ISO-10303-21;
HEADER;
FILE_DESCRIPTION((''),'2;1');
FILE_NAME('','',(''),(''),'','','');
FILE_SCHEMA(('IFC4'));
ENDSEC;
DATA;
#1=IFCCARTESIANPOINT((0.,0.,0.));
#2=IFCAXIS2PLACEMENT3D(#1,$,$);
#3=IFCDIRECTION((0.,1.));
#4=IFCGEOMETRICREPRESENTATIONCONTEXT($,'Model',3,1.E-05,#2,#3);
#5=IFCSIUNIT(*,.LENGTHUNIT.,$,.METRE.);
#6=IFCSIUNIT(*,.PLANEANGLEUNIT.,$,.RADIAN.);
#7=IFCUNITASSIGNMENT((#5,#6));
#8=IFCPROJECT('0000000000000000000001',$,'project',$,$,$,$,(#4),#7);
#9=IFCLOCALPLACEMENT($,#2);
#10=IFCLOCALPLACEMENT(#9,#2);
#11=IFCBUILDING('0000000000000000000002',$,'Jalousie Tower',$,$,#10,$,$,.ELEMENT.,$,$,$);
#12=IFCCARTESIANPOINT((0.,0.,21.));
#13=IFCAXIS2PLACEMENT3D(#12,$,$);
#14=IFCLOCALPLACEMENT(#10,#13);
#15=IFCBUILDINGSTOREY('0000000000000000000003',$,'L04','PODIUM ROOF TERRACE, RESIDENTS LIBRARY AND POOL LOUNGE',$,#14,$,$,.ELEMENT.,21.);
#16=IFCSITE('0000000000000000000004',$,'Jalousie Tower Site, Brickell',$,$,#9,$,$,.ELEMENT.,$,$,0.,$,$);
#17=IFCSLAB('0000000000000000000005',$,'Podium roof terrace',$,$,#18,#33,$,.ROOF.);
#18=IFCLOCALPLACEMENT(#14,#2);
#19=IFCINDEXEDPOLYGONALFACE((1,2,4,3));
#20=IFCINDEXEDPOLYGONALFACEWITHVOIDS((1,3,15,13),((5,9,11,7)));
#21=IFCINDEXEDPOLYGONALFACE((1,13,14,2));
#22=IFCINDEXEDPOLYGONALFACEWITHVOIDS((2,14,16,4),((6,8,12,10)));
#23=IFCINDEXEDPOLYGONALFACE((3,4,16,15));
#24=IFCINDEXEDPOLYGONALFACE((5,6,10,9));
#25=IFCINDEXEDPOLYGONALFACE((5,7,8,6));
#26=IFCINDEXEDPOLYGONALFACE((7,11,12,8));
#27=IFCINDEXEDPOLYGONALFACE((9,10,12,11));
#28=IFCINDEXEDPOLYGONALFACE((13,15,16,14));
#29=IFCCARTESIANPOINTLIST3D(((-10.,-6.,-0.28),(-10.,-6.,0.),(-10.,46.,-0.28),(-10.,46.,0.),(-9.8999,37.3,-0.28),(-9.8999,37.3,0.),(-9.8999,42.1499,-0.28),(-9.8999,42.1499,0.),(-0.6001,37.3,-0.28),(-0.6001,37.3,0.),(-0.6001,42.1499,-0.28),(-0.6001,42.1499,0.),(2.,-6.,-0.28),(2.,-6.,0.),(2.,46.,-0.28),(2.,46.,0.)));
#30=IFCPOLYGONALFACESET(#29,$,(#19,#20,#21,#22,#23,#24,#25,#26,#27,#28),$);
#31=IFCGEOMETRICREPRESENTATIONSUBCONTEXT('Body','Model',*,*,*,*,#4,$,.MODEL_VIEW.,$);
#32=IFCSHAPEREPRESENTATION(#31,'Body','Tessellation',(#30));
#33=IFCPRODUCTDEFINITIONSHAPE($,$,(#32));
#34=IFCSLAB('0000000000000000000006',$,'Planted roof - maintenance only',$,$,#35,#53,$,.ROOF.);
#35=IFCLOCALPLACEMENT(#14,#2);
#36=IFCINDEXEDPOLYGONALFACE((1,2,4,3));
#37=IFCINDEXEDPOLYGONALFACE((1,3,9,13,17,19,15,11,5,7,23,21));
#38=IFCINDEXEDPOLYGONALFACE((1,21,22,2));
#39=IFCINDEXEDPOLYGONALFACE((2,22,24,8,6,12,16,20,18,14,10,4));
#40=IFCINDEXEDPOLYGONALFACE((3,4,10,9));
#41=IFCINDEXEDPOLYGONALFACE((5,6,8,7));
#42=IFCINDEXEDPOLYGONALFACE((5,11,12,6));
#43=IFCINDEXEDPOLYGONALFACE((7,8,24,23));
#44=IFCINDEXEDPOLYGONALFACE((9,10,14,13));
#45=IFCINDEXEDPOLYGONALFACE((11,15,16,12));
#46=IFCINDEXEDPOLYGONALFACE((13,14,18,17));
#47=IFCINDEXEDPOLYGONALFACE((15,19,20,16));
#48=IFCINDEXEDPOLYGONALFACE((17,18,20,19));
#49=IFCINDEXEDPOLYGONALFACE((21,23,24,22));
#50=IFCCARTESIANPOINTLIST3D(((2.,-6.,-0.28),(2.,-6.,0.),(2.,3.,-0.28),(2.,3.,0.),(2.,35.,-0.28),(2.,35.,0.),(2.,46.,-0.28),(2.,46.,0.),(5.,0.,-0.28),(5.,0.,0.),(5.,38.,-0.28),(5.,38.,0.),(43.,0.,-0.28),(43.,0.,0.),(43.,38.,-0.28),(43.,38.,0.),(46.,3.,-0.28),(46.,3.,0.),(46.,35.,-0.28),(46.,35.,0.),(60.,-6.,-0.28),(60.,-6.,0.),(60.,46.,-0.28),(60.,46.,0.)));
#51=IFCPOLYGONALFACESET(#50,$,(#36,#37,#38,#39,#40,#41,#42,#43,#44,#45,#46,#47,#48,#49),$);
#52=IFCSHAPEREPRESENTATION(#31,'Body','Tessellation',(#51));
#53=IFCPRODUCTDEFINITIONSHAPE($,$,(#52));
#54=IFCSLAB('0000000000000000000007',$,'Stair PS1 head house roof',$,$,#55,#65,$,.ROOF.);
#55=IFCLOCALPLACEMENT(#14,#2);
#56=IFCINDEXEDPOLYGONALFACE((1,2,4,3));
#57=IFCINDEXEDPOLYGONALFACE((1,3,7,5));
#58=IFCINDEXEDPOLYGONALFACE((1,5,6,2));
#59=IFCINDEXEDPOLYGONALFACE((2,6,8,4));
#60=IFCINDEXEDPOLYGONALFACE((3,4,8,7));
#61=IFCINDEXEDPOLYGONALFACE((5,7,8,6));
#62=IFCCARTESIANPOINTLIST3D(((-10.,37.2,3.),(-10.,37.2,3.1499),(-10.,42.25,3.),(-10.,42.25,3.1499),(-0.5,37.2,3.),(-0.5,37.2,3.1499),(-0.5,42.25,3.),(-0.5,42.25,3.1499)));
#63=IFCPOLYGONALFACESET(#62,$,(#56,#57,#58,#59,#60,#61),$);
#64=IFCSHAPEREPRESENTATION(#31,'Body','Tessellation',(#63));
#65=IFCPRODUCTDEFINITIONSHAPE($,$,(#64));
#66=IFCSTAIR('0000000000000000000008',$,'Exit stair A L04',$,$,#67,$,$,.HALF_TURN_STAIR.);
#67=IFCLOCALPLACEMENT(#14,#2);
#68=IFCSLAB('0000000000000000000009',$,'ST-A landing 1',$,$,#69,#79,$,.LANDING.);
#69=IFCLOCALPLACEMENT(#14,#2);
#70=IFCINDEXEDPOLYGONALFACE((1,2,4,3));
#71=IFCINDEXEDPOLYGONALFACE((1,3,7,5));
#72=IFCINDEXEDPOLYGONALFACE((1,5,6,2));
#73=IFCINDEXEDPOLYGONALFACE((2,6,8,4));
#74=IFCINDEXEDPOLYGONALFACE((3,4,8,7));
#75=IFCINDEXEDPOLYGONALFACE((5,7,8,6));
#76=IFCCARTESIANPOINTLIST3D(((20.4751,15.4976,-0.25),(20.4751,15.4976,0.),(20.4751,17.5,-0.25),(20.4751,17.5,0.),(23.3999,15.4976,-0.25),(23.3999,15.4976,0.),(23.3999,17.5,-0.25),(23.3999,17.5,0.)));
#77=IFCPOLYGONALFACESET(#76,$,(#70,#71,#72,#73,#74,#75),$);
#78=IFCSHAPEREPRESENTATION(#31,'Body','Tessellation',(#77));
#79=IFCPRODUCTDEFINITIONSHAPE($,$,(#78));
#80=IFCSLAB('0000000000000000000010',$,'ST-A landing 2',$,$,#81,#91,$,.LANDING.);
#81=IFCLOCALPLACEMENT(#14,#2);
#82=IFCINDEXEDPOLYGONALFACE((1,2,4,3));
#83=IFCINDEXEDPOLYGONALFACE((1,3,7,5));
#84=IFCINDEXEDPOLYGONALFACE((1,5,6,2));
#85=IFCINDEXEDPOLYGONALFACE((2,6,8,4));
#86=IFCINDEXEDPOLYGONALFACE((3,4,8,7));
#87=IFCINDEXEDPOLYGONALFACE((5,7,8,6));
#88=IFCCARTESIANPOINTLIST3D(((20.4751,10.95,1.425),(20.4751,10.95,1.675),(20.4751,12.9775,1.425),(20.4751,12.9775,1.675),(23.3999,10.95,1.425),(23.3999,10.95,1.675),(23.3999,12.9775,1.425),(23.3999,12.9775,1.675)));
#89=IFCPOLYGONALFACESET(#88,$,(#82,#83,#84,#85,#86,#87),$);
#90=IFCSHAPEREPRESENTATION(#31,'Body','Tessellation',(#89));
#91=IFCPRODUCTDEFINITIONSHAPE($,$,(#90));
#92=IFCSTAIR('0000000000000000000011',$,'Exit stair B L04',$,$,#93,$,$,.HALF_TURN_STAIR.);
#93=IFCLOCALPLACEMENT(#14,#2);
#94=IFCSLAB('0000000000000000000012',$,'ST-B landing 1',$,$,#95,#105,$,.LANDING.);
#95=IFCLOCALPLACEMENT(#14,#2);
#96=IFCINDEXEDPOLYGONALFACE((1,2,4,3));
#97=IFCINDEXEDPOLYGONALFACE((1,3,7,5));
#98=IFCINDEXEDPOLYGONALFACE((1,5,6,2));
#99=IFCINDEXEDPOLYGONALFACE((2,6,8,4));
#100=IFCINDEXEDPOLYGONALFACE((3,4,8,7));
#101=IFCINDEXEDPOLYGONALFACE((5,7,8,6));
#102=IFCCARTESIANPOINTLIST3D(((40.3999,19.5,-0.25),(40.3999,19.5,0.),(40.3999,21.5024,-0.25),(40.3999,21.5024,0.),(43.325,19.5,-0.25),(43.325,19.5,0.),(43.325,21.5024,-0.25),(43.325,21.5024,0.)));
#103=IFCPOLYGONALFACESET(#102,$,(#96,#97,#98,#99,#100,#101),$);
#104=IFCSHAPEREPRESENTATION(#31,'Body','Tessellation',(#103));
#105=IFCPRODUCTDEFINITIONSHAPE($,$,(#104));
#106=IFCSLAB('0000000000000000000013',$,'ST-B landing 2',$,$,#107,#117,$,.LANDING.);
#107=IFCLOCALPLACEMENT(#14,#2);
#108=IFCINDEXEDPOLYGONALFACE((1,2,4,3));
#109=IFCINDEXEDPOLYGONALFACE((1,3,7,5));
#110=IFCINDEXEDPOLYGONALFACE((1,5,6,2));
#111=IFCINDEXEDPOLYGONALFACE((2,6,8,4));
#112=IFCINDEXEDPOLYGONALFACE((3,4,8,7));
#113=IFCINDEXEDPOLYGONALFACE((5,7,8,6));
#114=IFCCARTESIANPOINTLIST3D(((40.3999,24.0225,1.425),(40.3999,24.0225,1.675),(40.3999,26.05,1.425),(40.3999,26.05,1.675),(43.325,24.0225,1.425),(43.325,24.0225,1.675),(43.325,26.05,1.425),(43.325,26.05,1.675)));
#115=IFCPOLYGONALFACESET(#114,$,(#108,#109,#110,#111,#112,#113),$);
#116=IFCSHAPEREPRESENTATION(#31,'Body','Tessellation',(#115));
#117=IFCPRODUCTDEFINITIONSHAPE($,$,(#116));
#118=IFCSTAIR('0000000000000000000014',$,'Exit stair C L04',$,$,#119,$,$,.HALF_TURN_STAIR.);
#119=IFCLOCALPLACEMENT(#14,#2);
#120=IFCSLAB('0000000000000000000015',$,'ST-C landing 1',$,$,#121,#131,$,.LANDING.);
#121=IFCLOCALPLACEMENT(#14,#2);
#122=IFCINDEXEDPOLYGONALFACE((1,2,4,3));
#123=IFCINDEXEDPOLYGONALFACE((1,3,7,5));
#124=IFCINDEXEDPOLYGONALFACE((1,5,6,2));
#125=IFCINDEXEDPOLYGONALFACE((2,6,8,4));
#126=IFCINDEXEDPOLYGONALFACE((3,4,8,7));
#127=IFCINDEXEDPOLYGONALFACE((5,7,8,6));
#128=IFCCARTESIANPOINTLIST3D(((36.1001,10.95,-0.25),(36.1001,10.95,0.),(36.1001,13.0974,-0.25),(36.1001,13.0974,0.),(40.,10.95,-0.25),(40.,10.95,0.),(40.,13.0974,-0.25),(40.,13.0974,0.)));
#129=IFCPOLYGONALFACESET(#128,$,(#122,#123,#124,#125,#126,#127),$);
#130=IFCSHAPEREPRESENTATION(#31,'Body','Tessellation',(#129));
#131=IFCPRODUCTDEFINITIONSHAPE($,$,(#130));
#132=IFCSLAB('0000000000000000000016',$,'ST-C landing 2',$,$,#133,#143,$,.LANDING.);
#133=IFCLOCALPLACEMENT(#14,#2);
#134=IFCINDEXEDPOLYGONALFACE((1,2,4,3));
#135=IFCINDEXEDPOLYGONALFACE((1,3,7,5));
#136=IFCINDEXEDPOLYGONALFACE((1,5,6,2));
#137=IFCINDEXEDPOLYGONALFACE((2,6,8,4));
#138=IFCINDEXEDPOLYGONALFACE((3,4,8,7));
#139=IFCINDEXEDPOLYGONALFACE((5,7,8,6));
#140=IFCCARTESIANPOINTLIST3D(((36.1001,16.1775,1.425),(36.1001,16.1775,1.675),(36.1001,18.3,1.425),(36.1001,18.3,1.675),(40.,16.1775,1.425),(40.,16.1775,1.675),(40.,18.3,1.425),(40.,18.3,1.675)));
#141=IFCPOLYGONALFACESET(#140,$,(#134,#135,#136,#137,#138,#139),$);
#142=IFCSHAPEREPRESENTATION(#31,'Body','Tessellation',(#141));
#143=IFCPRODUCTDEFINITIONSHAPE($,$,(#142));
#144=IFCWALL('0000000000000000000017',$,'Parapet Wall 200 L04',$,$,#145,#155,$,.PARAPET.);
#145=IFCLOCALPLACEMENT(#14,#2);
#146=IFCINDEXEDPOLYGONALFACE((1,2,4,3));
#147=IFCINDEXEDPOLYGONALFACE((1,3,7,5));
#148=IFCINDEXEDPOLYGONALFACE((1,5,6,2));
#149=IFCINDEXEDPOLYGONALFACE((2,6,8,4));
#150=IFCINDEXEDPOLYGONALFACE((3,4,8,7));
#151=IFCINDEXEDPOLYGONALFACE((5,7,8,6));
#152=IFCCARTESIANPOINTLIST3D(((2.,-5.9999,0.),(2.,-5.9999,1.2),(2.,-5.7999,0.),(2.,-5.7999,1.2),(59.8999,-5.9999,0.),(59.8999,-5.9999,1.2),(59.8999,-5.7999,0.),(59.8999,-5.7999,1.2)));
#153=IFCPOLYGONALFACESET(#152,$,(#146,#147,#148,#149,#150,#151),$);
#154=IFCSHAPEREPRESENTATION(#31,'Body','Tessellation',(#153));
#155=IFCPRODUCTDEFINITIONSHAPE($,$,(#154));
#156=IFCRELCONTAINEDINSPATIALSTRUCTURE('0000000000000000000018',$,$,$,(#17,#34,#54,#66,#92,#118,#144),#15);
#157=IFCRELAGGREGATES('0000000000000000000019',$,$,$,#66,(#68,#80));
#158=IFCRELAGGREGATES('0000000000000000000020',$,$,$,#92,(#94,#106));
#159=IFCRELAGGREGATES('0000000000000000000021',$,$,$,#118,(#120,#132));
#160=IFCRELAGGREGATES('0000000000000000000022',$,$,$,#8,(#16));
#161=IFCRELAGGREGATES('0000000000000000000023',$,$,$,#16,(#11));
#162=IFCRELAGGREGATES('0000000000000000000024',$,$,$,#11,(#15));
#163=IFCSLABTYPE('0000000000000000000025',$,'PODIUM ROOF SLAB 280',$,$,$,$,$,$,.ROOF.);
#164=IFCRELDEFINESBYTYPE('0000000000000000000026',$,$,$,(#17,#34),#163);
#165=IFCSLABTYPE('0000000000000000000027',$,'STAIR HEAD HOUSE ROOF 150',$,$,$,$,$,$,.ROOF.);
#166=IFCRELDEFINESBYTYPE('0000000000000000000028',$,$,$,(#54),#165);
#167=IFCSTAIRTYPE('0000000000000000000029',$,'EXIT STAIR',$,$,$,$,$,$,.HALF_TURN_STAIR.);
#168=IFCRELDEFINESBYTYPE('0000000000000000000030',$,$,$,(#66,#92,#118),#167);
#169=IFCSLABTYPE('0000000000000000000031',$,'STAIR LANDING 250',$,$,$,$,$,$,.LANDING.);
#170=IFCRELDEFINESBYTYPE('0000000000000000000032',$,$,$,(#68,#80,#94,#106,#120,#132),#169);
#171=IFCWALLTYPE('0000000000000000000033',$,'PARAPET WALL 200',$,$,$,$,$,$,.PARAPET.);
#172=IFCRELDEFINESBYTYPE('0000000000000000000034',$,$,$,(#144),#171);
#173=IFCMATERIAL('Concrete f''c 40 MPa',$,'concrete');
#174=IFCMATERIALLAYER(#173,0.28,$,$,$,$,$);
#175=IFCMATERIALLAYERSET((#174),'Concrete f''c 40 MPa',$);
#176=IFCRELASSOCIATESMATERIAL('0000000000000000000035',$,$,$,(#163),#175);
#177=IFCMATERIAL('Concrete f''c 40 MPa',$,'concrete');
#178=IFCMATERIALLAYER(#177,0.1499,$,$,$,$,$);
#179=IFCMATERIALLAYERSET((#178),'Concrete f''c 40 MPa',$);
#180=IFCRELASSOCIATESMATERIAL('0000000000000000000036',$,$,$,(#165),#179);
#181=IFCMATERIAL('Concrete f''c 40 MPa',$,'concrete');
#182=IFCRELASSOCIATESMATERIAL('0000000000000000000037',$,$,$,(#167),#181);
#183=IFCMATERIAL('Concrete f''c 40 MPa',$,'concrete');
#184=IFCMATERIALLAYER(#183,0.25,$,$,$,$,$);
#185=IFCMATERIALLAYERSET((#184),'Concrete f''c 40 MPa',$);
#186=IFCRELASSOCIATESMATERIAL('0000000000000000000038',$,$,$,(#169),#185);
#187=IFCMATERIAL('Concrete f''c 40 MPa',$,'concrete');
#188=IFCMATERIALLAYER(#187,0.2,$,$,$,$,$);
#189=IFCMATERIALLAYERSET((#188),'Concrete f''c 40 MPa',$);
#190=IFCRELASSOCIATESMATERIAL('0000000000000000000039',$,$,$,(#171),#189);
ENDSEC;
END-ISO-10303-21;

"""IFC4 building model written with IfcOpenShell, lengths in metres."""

from ifc_helpers import new_model, si_unit, direction, frame, frame_2d, origin, place, context, subcontext, project, spatial, polyline, rectangle, outline, extrude, material, layer, layer_set, type_object, element, aggregate, save


model = new_model("IFC4")

# Units and contexts
model_context = context("Model", 3, precision=1e-05, world=origin(), true_north=direction((0.0, 1.0)))
body_context = subcontext(model_context, "Body", "Model", "MODEL_VIEW")
ifc_project = project(units=[si_unit("LENGTHUNIT", "METRE"), si_unit("PLANEANGLEUNIT", "RADIAN")], contexts=[model_context])

# Site, building, storey
site_placement = place(None, origin())
site = spatial("IfcSite", under=ifc_project, at=site_placement, Name="Jalousie Tower Site, Brickell", CompositionType="ELEMENT", RefElevation=0.0)
building_placement = place(site_placement, origin())
building = spatial("IfcBuilding", under=site, at=building_placement, Name="Jalousie Tower", CompositionType="ELEMENT")
storey_placement = place(building_placement, frame((0.0, 0.0, 21.0)))
storey = spatial("IfcBuildingStorey", under=building, at=storey_placement, Name="L04", Description="PODIUM ROOF TERRACE, RESIDENTS LIBRARY AND POOL LOUNGE", CompositionType="ELEMENT", Elevation=21.0)

# Slabs
ifc_material_1 = material(Name="Concrete f'c 40 MPa", Category="concrete")
ifc_layer_1 = layer(ifc_material_1, 0.28)
ifc_layer_set_1 = layer_set([ifc_layer_1], Name="Concrete f'c 40 MPa")
slab_type_1 = type_object("IfcSlabType", Name="PODIUM ROOF SLAB 280", PredefinedType="ROOF", material=ifc_layer_set_1)
slab_1_placement = place(storey_placement, frame((0.0, 0.0, -0.28)))
element("IfcSlab", 1, at=slab_1_placement, inside=storey, type_object=slab_type_1, Name="Podium roof terrace", PredefinedType="ROOF", context=body_context, shape_type="SweptSolid", body=[
    extrude(outline(polyline([(-10.0, -6.0), (2.0, -6.0), (2.0, 46.0), (-10.0, 46.0), (-10.0, -6.0)]), holes=[polyline([(-9.8999, 37.3), (-0.6001, 37.3), (-0.6001, 42.1499), (-9.8999, 42.1499), (-9.8999, 37.3)])]), origin(), (0.0, 0.0, 1.0), 0.28),
])
slab_2_placement = place(storey_placement, frame((0.0, 0.0, -0.28)))
element("IfcSlab", 2, at=slab_2_placement, inside=storey, type_object=slab_type_1, Name="Planted roof - maintenance only", PredefinedType="ROOF", context=body_context, shape_type="SweptSolid", body=[
    extrude(outline(polyline([(2.0, 46.0), (60.0, 46.0), (60.0, -6.0), (2.0, -6.0), (2.0, 3.0), (5.0, 0.0), (43.0, 0.0), (46.0, 3.0), (46.0, 35.0), (43.0, 38.0), (5.0, 38.0), (2.0, 35.0), (2.0, 46.0)])), origin(), (0.0, 0.0, 1.0), 0.28),
])
ifc_material_2 = material(Name="Concrete f'c 40 MPa", Category="concrete")
ifc_layer_2 = layer(ifc_material_2, 0.1499)
ifc_layer_set_2 = layer_set([ifc_layer_2], Name="Concrete f'c 40 MPa")
slab_type_2 = type_object("IfcSlabType", Name="STAIR HEAD HOUSE ROOF 150", PredefinedType="ROOF", material=ifc_layer_set_2)
slab_3_placement = place(storey_placement, frame((0.0, 0.0, 3.0)))
element("IfcSlab", 3, at=slab_3_placement, inside=storey, type_object=slab_type_2, Name="Stair PS1 head house roof", PredefinedType="ROOF", context=body_context, shape_type="SweptSolid", body=[
    extrude(outline(polyline([(-10.0, 37.2), (-0.5, 37.2), (-0.5, 42.25), (-10.0, 42.25), (-10.0, 37.2)])), origin(), (0.0, 0.0, 1.0), 0.1499),
])

# Stairs, slabs
ifc_material_3 = material(Name="Concrete f'c 40 MPa", Category="concrete")
stair_type = type_object("IfcStairType", Name="EXIT STAIR", PredefinedType="HALF_TURN_STAIR", material=ifc_material_3)
stair_1_placement = place(storey_placement, origin())
stair_1 = element("IfcStair", 4, at=stair_1_placement, inside=storey, type_object=stair_type, Name="Exit stair A L04", PredefinedType="HALF_TURN_STAIR")
ifc_material_4 = material(Name="Concrete f'c 40 MPa", Category="concrete")
ifc_layer_3 = layer(ifc_material_4, 0.25)
ifc_layer_set_3 = layer_set([ifc_layer_3], Name="Concrete f'c 40 MPa")
slab_type_3 = type_object("IfcSlabType", Name="STAIR LANDING 250", PredefinedType="LANDING", material=ifc_layer_set_3)
slab_4_placement = place(storey_placement, frame((0.0, 0.0, -0.25)))
slab_4 = element("IfcSlab", 5, at=slab_4_placement, type_object=slab_type_3, Name="ST-A landing 1", PredefinedType="LANDING", context=body_context, shape_type="SweptSolid", body=[
    extrude(outline(polyline([(20.4751, 15.4976), (23.3999, 15.4976), (23.3999, 17.5), (20.4751, 17.5), (20.4751, 15.4976)])), origin(), (0.0, 0.0, 1.0), 0.25),
])
slab_5_placement = place(storey_placement, frame((0.0, 0.0, 1.425)))
slab_5 = element("IfcSlab", 6, at=slab_5_placement, type_object=slab_type_3, Name="ST-A landing 2", PredefinedType="LANDING", context=body_context, shape_type="SweptSolid", body=[
    extrude(outline(polyline([(20.4751, 10.95), (23.3999, 10.95), (23.3999, 12.9775), (20.4751, 12.9775), (20.4751, 10.95)])), origin(), (0.0, 0.0, 1.0), 0.25),
])
aggregate(stair_1, [slab_4, slab_5])
stair_2_placement = place(storey_placement, origin())
stair_2 = element("IfcStair", 7, at=stair_2_placement, inside=storey, type_object=stair_type, Name="Exit stair B L04", PredefinedType="HALF_TURN_STAIR")
slab_6_placement = place(storey_placement, frame((0.0, 0.0, -0.25)))
slab_6 = element("IfcSlab", 8, at=slab_6_placement, type_object=slab_type_3, Name="ST-B landing 1", PredefinedType="LANDING", context=body_context, shape_type="SweptSolid", body=[
    extrude(outline(polyline([(40.3999, 19.5), (43.325, 19.5), (43.325, 21.5024), (40.3999, 21.5024), (40.3999, 19.5)])), origin(), (0.0, 0.0, 1.0), 0.25),
])
slab_7_placement = place(storey_placement, frame((0.0, 0.0, 1.425)))
slab_7 = element("IfcSlab", 9, at=slab_7_placement, type_object=slab_type_3, Name="ST-B landing 2", PredefinedType="LANDING", context=body_context, shape_type="SweptSolid", body=[
    extrude(outline(polyline([(40.3999, 24.0225), (43.325, 24.0225), (43.325, 26.05), (40.3999, 26.05), (40.3999, 24.0225)])), origin(), (0.0, 0.0, 1.0), 0.25),
])
aggregate(stair_2, [slab_6, slab_7])
stair_3_placement = place(storey_placement, origin())
stair_3 = element("IfcStair", 10, at=stair_3_placement, inside=storey, type_object=stair_type, Name="Exit stair C L04", PredefinedType="HALF_TURN_STAIR")
slab_8_placement = place(storey_placement, frame((0.0, 0.0, -0.25)))
slab_8 = element("IfcSlab", 11, at=slab_8_placement, type_object=slab_type_3, Name="ST-C landing 1", PredefinedType="LANDING", context=body_context, shape_type="SweptSolid", body=[
    extrude(outline(polyline([(36.1001, 10.95), (40.0, 10.95), (40.0, 13.0974), (36.1001, 13.0974), (36.1001, 10.95)])), origin(), (0.0, 0.0, 1.0), 0.25),
])
slab_9_placement = place(storey_placement, frame((0.0, 0.0, 1.425)))
slab_9 = element("IfcSlab", 12, at=slab_9_placement, type_object=slab_type_3, Name="ST-C landing 2", PredefinedType="LANDING", context=body_context, shape_type="SweptSolid", body=[
    extrude(outline(polyline([(36.1001, 16.1775), (40.0, 16.1775), (40.0, 18.3), (36.1001, 18.3), (36.1001, 16.1775)])), origin(), (0.0, 0.0, 1.0), 0.25),
])
aggregate(stair_3, [slab_8, slab_9])

# Wall
ifc_material_5 = material(Name="Concrete f'c 40 MPa", Category="concrete")
ifc_layer_4 = layer(ifc_material_5, 0.2)
ifc_layer_set_4 = layer_set([ifc_layer_4], Name="Concrete f'c 40 MPa")
wall_type = type_object("IfcWallType", Name="PARAPET WALL 200", PredefinedType="PARAPET", material=ifc_layer_set_4)
wall_placement = place(storey_placement, frame((2.0, -5.8999, 0.0), z_axis=(0.0, 0.0, 1.0), x_axis=(1.0, 0.0, 0.0)))
element("IfcWall", 13, at=wall_placement, inside=storey, type_object=wall_type, Name="Parapet Wall 200 L04", PredefinedType="PARAPET", context=body_context, shape_type="SweptSolid", body=[
    extrude(rectangle(XDim=57.8999, YDim=0.2, at=frame_2d((28.95, 0.0))), origin(), (0.0, 0.0, 1.0), 1.2),
])

save(model, "model.ifc")
